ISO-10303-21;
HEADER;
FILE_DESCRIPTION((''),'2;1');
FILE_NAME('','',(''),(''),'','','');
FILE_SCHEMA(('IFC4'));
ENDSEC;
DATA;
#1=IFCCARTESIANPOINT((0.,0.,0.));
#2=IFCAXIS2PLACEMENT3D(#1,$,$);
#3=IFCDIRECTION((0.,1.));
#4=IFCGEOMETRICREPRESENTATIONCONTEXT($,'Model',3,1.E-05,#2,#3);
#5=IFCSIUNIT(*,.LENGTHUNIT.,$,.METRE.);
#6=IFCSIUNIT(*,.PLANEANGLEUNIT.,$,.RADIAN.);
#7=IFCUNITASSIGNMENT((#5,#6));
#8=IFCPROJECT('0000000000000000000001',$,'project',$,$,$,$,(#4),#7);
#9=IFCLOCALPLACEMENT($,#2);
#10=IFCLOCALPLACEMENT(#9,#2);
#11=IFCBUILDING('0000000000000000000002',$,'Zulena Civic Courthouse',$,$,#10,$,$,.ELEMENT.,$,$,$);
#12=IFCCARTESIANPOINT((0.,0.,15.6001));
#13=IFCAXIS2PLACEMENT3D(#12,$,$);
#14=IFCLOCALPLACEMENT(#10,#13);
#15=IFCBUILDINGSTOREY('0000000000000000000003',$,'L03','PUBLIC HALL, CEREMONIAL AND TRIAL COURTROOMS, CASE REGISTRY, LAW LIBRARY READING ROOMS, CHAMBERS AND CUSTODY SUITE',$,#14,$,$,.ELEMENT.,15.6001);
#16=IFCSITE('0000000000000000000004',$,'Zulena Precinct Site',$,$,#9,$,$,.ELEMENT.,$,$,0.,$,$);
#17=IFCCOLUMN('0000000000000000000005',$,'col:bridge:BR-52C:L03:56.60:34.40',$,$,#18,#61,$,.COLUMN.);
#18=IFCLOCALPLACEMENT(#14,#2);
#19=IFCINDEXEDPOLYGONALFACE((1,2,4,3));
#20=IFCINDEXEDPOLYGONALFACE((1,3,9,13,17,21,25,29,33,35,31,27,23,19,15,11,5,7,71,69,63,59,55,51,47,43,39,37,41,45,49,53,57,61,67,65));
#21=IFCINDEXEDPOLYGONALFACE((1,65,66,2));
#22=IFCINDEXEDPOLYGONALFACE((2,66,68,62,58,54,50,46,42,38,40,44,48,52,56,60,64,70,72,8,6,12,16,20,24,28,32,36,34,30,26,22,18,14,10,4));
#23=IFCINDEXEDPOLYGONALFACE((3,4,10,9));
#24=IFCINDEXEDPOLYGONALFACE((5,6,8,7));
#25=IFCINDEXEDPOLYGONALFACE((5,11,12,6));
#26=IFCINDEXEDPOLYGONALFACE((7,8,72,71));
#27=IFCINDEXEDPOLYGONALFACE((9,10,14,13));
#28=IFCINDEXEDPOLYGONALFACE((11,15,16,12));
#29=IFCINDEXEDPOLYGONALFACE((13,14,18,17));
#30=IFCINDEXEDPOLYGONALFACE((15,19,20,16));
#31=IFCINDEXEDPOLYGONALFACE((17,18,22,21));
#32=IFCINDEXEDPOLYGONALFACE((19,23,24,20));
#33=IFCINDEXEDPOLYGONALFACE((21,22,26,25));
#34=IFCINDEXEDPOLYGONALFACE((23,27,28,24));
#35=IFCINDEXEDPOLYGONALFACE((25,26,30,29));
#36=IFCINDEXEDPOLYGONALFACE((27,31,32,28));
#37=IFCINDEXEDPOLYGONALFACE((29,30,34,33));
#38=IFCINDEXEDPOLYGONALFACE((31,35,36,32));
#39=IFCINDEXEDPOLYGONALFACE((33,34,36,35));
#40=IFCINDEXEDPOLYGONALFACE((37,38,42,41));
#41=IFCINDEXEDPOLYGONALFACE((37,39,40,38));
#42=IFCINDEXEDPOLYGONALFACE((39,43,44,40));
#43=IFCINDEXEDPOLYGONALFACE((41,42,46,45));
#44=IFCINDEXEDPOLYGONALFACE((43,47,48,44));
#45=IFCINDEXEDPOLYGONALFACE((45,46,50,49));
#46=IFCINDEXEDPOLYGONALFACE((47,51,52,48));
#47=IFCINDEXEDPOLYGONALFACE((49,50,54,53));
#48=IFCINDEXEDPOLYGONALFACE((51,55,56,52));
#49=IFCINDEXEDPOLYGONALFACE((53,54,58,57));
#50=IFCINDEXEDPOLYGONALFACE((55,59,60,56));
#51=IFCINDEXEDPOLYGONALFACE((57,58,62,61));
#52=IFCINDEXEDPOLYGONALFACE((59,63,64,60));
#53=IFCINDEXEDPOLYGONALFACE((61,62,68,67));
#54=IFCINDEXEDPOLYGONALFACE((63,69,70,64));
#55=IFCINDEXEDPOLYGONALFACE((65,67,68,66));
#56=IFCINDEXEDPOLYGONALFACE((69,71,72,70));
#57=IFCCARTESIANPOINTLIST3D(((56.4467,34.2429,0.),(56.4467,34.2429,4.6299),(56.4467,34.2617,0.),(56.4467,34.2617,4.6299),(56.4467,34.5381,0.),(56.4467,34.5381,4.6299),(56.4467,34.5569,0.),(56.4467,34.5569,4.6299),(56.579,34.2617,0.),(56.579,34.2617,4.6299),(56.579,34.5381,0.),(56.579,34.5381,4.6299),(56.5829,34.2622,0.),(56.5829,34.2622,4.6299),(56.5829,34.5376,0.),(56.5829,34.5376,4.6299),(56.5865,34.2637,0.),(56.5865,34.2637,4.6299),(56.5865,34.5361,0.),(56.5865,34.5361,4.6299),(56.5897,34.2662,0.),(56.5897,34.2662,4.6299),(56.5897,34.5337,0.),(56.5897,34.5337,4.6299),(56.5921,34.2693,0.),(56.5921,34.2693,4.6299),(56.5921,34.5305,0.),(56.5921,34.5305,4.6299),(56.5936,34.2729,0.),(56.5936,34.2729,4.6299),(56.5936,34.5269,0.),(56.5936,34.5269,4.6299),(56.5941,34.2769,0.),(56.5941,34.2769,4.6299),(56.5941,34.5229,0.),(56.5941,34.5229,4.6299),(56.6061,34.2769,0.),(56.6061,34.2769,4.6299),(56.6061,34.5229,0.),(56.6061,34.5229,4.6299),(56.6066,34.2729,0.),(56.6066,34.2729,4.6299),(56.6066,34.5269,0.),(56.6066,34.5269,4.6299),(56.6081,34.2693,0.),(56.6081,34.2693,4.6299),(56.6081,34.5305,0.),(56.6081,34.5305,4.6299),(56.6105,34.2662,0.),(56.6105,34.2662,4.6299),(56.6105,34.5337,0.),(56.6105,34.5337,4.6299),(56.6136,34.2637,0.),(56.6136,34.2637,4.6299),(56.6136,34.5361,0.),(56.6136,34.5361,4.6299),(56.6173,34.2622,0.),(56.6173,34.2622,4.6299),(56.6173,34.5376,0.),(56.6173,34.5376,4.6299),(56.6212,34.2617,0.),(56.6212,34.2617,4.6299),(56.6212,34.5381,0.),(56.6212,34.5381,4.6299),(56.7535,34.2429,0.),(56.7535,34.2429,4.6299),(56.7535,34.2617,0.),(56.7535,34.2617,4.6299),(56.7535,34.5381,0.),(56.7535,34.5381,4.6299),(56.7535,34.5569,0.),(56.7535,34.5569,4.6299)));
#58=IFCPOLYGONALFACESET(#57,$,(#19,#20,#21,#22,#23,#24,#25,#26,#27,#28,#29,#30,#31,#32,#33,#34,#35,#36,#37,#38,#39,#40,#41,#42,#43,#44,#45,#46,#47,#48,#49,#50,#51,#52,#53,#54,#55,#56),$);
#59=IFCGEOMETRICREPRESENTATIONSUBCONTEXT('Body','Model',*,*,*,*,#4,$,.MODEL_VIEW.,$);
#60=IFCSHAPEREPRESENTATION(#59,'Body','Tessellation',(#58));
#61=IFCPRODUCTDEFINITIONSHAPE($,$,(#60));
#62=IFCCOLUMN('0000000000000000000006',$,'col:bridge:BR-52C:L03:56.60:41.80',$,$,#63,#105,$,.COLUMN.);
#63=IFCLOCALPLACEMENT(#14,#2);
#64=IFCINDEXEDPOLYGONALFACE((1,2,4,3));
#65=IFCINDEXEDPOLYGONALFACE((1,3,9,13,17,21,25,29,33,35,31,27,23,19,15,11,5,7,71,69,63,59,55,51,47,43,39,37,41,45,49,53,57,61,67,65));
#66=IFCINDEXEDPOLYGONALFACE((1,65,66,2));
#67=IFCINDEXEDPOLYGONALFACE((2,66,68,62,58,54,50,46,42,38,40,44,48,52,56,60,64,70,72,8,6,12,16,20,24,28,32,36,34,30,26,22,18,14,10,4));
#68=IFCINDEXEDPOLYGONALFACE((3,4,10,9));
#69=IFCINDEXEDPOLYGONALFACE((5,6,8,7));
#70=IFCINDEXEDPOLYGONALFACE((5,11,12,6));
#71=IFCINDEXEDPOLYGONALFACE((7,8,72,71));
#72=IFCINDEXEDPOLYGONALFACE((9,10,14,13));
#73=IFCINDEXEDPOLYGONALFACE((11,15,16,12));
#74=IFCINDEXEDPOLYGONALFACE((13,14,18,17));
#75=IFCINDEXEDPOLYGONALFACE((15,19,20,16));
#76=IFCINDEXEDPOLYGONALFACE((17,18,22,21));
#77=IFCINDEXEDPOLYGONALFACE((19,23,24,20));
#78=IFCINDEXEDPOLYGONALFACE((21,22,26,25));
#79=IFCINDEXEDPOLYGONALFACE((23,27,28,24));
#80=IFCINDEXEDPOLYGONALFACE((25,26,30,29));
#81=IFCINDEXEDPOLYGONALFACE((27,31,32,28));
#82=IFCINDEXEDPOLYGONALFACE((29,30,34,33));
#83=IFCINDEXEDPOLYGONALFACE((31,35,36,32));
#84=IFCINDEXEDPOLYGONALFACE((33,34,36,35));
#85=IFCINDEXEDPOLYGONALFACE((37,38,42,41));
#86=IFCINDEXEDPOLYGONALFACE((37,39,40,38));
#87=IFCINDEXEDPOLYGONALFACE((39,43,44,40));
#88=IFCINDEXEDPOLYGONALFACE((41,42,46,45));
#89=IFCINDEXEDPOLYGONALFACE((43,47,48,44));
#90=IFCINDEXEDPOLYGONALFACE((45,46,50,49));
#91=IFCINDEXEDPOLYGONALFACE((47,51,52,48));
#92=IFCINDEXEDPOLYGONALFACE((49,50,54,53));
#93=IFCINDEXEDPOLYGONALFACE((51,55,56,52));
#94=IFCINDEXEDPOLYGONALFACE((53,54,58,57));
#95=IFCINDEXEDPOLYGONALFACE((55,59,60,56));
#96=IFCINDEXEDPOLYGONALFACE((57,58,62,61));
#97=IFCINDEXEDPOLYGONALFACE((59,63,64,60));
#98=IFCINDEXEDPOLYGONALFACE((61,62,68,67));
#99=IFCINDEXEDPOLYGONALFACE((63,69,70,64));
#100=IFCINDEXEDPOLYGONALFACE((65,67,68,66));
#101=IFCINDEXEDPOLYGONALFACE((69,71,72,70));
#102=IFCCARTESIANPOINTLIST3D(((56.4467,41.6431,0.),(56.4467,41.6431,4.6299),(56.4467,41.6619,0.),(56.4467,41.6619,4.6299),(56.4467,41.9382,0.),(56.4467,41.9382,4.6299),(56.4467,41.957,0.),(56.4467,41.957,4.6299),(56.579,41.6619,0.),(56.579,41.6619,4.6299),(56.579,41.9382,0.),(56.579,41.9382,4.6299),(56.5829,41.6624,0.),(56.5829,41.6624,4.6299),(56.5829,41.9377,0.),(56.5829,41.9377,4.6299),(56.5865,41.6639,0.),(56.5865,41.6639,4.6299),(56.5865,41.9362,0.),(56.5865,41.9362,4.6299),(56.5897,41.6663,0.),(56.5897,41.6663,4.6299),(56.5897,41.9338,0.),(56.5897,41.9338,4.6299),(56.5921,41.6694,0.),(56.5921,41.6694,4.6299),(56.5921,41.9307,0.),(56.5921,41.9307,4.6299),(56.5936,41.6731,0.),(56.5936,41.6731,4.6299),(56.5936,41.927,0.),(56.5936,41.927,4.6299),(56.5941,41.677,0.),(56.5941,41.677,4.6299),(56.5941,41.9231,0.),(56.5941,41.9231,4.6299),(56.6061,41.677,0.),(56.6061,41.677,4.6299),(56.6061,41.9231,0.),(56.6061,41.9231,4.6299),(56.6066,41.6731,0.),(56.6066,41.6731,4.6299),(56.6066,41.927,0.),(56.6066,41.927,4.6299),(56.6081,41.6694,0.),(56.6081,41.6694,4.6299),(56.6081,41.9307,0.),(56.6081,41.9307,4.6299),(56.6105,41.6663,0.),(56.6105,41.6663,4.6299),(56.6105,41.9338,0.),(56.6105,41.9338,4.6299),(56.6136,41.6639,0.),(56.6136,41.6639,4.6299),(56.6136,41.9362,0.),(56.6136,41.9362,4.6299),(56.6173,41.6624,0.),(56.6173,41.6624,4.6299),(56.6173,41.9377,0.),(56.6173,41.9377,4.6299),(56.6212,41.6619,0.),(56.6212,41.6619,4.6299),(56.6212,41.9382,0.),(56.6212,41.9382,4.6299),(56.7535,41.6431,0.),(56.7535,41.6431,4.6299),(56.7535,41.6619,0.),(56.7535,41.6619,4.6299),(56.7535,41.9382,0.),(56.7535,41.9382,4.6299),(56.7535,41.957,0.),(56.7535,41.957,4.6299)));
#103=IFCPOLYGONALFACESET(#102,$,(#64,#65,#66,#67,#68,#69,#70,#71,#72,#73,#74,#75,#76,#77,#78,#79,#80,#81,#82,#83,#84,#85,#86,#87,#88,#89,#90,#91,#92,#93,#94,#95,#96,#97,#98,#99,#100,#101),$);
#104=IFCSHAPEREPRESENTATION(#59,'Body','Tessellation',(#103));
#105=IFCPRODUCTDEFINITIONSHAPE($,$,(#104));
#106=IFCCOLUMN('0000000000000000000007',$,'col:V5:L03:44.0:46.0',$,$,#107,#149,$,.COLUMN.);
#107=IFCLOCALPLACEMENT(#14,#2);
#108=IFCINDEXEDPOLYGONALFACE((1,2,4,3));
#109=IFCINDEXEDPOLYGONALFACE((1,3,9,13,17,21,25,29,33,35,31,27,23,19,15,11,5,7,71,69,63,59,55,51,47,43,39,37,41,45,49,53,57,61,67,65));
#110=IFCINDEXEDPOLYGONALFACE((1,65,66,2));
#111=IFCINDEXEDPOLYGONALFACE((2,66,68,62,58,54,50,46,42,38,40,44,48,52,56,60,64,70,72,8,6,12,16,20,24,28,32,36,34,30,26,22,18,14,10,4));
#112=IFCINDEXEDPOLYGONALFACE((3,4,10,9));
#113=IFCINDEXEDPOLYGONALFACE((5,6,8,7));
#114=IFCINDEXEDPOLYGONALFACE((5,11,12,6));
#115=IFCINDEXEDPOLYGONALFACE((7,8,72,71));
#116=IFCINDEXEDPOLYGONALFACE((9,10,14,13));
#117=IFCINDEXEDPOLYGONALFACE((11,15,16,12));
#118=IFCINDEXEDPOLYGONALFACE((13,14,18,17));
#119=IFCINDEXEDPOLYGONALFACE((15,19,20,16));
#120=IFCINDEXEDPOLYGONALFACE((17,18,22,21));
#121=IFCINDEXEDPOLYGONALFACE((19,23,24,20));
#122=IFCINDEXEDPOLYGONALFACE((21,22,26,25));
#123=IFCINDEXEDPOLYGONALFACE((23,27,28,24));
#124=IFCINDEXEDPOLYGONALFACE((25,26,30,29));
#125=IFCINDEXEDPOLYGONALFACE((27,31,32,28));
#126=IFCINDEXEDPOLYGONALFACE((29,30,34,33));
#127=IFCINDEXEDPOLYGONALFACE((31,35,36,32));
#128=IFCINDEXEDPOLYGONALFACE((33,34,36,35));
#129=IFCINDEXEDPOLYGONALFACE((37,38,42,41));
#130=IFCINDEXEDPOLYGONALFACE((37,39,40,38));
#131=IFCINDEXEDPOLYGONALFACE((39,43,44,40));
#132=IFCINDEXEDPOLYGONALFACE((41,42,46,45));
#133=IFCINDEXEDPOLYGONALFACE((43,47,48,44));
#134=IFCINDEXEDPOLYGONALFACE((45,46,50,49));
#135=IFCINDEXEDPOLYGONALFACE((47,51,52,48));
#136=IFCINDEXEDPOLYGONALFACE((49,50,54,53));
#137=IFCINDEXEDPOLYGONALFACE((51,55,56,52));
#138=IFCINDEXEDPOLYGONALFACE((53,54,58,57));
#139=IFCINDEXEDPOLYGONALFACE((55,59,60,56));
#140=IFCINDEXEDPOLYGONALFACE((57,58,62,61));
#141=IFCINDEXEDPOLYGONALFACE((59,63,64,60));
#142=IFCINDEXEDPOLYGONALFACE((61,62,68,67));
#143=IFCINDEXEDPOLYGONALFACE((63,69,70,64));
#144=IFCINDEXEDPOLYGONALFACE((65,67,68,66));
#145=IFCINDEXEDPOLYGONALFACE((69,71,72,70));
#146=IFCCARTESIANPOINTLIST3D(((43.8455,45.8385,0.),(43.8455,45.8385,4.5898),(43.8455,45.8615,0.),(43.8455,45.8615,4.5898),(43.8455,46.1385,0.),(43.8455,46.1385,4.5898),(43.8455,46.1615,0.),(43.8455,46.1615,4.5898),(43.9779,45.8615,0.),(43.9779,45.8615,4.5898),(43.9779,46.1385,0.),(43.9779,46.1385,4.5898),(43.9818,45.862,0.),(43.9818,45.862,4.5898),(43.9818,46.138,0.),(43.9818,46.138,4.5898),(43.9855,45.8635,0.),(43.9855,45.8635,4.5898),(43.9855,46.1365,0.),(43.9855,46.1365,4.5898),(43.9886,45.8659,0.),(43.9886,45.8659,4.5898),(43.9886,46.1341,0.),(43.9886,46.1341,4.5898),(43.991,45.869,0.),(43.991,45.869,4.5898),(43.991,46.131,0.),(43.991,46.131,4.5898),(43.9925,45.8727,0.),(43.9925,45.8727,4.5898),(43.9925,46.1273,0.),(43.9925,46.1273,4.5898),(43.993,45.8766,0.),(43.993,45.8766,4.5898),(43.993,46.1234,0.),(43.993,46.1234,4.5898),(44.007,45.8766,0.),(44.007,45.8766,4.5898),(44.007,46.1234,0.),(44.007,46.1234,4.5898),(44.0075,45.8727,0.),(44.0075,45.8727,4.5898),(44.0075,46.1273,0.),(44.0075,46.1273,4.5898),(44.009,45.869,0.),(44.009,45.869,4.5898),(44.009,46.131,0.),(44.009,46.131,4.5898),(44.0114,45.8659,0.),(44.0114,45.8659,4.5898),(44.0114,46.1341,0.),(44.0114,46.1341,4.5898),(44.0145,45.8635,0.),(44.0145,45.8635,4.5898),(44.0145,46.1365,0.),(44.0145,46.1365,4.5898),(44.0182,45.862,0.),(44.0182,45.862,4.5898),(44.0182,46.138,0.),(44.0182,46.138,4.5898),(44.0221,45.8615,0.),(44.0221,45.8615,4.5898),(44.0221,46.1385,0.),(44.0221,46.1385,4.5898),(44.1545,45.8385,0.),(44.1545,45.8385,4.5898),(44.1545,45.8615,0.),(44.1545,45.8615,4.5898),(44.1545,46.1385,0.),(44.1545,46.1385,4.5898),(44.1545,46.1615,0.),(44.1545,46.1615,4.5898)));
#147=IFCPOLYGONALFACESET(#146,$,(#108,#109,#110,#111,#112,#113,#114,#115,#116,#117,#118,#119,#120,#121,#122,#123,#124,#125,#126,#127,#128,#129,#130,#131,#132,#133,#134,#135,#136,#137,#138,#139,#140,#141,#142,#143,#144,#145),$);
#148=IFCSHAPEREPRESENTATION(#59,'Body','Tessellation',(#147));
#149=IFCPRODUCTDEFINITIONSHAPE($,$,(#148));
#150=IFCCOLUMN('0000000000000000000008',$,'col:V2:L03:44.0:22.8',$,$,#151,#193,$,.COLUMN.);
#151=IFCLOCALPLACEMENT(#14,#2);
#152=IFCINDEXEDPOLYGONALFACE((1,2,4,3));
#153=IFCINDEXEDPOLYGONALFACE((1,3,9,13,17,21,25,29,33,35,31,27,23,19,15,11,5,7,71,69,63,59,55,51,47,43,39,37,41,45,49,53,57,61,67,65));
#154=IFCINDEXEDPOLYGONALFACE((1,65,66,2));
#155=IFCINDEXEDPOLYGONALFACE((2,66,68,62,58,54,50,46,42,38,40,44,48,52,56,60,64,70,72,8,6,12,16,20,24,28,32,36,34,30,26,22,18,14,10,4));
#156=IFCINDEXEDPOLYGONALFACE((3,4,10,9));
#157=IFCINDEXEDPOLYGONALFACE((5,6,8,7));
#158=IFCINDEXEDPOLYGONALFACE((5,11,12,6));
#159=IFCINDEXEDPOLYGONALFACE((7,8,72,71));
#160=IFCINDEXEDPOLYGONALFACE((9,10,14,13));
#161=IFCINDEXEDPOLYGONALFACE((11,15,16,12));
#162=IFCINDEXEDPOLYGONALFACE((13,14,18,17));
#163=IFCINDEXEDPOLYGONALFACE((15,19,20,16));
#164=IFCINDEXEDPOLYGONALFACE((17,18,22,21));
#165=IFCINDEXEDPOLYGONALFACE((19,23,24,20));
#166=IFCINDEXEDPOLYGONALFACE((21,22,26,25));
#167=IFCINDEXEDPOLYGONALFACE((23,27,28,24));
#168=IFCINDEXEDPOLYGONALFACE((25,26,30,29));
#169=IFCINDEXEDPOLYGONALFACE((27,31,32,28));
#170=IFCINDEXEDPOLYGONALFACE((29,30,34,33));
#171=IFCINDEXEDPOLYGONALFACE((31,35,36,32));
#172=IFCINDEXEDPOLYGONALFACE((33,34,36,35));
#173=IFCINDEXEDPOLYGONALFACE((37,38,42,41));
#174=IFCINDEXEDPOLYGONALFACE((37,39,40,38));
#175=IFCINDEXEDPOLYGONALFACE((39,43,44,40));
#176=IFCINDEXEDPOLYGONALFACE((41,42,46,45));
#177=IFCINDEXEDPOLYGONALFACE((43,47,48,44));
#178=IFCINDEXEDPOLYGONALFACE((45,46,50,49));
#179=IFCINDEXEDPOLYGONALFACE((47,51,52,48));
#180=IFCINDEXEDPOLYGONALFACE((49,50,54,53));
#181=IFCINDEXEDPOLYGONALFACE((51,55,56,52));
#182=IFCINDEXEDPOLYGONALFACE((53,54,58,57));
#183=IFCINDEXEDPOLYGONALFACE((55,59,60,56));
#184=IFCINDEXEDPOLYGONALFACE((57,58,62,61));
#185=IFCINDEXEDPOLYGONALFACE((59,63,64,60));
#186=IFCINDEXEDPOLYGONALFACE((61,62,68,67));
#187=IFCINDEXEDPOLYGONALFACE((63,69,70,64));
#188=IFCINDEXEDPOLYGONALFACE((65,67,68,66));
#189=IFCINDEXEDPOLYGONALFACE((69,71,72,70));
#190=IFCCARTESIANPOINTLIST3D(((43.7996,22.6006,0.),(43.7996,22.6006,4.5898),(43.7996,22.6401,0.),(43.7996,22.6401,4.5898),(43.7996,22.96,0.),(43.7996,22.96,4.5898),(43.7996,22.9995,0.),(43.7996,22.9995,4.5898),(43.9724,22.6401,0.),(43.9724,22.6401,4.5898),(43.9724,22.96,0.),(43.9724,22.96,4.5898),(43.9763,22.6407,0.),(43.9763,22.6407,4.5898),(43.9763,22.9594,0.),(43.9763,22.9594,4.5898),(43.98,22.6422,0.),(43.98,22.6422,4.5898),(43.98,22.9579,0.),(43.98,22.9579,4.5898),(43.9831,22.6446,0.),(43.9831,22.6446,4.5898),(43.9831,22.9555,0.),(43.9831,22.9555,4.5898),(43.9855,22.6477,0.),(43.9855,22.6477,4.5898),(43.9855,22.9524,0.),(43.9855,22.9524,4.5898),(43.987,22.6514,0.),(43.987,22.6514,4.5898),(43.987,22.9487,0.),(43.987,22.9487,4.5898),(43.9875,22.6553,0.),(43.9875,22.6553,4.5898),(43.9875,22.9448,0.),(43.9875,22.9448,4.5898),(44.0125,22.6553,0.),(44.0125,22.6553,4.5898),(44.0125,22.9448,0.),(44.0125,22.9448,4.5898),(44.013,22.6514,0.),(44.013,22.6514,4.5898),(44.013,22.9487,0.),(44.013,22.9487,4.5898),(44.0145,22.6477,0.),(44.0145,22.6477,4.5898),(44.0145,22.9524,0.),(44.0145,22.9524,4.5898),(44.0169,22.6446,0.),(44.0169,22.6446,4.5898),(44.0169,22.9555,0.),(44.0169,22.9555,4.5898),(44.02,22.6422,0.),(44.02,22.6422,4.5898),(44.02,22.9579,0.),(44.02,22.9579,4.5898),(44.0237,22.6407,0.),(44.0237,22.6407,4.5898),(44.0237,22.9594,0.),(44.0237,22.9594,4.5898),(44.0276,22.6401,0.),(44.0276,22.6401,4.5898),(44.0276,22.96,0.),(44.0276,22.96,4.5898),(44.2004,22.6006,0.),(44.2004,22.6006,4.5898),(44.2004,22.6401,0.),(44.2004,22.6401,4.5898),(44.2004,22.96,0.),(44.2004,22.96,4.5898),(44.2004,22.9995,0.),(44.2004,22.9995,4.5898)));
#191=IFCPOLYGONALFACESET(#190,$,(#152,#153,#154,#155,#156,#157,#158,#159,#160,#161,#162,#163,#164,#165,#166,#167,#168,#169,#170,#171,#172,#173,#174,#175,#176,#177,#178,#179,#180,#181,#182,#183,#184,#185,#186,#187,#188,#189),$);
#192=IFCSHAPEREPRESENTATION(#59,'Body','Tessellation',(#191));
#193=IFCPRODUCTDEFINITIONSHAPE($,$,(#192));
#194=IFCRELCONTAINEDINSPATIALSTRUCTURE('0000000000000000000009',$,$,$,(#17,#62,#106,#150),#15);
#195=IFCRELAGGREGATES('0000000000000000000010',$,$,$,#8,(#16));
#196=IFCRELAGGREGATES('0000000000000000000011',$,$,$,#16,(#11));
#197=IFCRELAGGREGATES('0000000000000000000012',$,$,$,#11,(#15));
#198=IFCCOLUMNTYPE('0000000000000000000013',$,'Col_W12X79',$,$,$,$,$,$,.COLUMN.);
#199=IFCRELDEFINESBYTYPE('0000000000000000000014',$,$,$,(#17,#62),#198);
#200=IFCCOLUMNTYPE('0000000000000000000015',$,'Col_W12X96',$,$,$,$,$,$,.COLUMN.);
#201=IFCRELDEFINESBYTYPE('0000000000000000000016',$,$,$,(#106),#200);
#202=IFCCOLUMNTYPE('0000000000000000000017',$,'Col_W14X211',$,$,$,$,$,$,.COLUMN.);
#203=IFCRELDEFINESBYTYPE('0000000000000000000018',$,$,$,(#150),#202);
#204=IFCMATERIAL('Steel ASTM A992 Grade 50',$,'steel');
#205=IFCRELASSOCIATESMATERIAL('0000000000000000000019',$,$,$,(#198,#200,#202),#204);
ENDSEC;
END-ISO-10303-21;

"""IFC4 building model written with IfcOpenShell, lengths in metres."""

from ifc_helpers import new_model, si_unit, direction, frame, origin, origin_2d, place, context, subcontext, project, spatial, i_section, extrude, material, material_profile, profile_set, type_object, element, save


model = new_model("IFC4")

# Units and contexts
model_context = context("Model", 3, precision=1e-05, world=origin(), true_north=direction((0.0, 1.0)))
body_context = subcontext(model_context, "Body", "Model", "MODEL_VIEW")
ifc_project = project(units=[si_unit("LENGTHUNIT", "METRE"), si_unit("PLANEANGLEUNIT", "RADIAN")], contexts=[model_context])

# Site, building, storey
site_placement = place(None, origin())
site = spatial("IfcSite", under=ifc_project, at=site_placement, Name="Zulena Precinct Site", CompositionType="ELEMENT", RefElevation=0.0)
building_placement = place(site_placement, origin())
building = spatial("IfcBuilding", under=site, at=building_placement, Name="Zulena Civic Courthouse", CompositionType="ELEMENT")
storey_placement = place(building_placement, frame((0.0, 0.0, 15.6001)))
storey = spatial("IfcBuildingStorey", under=building, at=storey_placement, Name="L03", Description="PUBLIC HALL, CEREMONIAL AND TRIAL COURTROOMS, CASE REGISTRY, LAW LIBRARY READING ROOMS, CHAMBERS AND CUSTODY SUITE", CompositionType="ELEMENT", Elevation=15.6001)

# Columns
ifc_material_1 = material(Name="Steel ASTM A992 Grade 50", Category="steel")
ifc_material_profile_1 = material_profile(ifc_material_1, i_section(OverallWidth=0.3069, OverallDepth=0.314, WebThickness=0.012, FlangeThickness=0.0188, FilletRadius=0.0151, at=origin_2d()), Name="W12X79")
ifc_profile_set_1 = profile_set([ifc_material_profile_1], Name="Steel ASTM A992 Grade 50")
column_type_1 = type_object("IfcColumnType", Name="Col_W12X79", PredefinedType="COLUMN", material=ifc_profile_set_1)
for number, where, z_axis, x_axis, name in (
    (1, (56.6001, 34.3999, 0.0), (0.0, 0.0, 1.0), (1.0, 0.0, 0.0), "col:bridge:BR-52C:L03:56.60:34.40"),
    (2, (56.6001, 41.8, 0.0), (0.0, 0.0, 1.0), (1.0, 0.0, 0.0), "col:bridge:BR-52C:L03:56.60:41.80"),
):
    element("IfcColumn", number, at=place(storey_placement, frame(where, z_axis=z_axis, x_axis=x_axis)), inside=storey, type_object=column_type_1, Name=name, PredefinedType="COLUMN", context=body_context, shape_type="SweptSolid", body=[
        extrude(i_section(OverallWidth=0.3069, OverallDepth=0.314, WebThickness=0.012, FlangeThickness=0.0188, FilletRadius=0.0151, at=origin_2d()), origin(), (0.0, 0.0, 1.0), 4.6299),
    ])
ifc_material_profile_2 = material_profile(ifc_material_1, i_section(OverallWidth=0.3091, OverallDepth=0.323, WebThickness=0.0139, FlangeThickness=0.0229, FilletRadius=0.0151, at=origin_2d()), Name="W12X96")
ifc_profile_set_2 = profile_set([ifc_material_profile_2], Name="Steel ASTM A992 Grade 50")
column_type_2 = type_object("IfcColumnType", Name="Col_W12X96", PredefinedType="COLUMN", material=ifc_profile_set_2)
column_placement = place(storey_placement, frame((44.0, 46.0, 0.0), z_axis=(0.0, 0.0, 1.0), x_axis=(1.0, 0.0, 0.0)))
element("IfcColumn", 3, at=column_placement, inside=storey, type_object=column_type_2, Name="col:V5:L03:44.0:46.0", PredefinedType="COLUMN", context=body_context, shape_type="SweptSolid", body=[
    extrude(i_section(OverallWidth=0.3091, OverallDepth=0.323, WebThickness=0.0139, FlangeThickness=0.0229, FilletRadius=0.0151, at=origin_2d()), origin(), (0.0, 0.0, 1.0), 4.5898),
])
ifc_material_profile_3 = material_profile(ifc_material_1, i_section(OverallWidth=0.4009, OverallDepth=0.3989, WebThickness=0.0249, FlangeThickness=0.0396, FilletRadius=0.0151, at=origin_2d()), Name="W14X211")
ifc_profile_set_3 = profile_set([ifc_material_profile_3], Name="Steel ASTM A992 Grade 50")
column_type_3 = type_object("IfcColumnType", Name="Col_W14X211", PredefinedType="COLUMN", material=ifc_profile_set_3)
for number, where, z_axis, x_axis, name in (
    (4, (44.0, 22.8, 0.0), (0.0, 0.0, 1.0), (1.0, 0.0, 0.0), "col:V2:L03:44.0:22.8"),
):
    element("IfcColumn", number, at=place(storey_placement, frame(where, z_axis=z_axis, x_axis=x_axis)), inside=storey, type_object=column_type_3, Name=name, PredefinedType="COLUMN", context=body_context, shape_type="SweptSolid", body=[
        extrude(i_section(OverallWidth=0.4009, OverallDepth=0.3989, WebThickness=0.0249, FlangeThickness=0.0396, FilletRadius=0.0151, at=origin_2d()), origin(), (0.0, 0.0, 1.0), 4.5898),
    ])

save(model, "model.ifc")
